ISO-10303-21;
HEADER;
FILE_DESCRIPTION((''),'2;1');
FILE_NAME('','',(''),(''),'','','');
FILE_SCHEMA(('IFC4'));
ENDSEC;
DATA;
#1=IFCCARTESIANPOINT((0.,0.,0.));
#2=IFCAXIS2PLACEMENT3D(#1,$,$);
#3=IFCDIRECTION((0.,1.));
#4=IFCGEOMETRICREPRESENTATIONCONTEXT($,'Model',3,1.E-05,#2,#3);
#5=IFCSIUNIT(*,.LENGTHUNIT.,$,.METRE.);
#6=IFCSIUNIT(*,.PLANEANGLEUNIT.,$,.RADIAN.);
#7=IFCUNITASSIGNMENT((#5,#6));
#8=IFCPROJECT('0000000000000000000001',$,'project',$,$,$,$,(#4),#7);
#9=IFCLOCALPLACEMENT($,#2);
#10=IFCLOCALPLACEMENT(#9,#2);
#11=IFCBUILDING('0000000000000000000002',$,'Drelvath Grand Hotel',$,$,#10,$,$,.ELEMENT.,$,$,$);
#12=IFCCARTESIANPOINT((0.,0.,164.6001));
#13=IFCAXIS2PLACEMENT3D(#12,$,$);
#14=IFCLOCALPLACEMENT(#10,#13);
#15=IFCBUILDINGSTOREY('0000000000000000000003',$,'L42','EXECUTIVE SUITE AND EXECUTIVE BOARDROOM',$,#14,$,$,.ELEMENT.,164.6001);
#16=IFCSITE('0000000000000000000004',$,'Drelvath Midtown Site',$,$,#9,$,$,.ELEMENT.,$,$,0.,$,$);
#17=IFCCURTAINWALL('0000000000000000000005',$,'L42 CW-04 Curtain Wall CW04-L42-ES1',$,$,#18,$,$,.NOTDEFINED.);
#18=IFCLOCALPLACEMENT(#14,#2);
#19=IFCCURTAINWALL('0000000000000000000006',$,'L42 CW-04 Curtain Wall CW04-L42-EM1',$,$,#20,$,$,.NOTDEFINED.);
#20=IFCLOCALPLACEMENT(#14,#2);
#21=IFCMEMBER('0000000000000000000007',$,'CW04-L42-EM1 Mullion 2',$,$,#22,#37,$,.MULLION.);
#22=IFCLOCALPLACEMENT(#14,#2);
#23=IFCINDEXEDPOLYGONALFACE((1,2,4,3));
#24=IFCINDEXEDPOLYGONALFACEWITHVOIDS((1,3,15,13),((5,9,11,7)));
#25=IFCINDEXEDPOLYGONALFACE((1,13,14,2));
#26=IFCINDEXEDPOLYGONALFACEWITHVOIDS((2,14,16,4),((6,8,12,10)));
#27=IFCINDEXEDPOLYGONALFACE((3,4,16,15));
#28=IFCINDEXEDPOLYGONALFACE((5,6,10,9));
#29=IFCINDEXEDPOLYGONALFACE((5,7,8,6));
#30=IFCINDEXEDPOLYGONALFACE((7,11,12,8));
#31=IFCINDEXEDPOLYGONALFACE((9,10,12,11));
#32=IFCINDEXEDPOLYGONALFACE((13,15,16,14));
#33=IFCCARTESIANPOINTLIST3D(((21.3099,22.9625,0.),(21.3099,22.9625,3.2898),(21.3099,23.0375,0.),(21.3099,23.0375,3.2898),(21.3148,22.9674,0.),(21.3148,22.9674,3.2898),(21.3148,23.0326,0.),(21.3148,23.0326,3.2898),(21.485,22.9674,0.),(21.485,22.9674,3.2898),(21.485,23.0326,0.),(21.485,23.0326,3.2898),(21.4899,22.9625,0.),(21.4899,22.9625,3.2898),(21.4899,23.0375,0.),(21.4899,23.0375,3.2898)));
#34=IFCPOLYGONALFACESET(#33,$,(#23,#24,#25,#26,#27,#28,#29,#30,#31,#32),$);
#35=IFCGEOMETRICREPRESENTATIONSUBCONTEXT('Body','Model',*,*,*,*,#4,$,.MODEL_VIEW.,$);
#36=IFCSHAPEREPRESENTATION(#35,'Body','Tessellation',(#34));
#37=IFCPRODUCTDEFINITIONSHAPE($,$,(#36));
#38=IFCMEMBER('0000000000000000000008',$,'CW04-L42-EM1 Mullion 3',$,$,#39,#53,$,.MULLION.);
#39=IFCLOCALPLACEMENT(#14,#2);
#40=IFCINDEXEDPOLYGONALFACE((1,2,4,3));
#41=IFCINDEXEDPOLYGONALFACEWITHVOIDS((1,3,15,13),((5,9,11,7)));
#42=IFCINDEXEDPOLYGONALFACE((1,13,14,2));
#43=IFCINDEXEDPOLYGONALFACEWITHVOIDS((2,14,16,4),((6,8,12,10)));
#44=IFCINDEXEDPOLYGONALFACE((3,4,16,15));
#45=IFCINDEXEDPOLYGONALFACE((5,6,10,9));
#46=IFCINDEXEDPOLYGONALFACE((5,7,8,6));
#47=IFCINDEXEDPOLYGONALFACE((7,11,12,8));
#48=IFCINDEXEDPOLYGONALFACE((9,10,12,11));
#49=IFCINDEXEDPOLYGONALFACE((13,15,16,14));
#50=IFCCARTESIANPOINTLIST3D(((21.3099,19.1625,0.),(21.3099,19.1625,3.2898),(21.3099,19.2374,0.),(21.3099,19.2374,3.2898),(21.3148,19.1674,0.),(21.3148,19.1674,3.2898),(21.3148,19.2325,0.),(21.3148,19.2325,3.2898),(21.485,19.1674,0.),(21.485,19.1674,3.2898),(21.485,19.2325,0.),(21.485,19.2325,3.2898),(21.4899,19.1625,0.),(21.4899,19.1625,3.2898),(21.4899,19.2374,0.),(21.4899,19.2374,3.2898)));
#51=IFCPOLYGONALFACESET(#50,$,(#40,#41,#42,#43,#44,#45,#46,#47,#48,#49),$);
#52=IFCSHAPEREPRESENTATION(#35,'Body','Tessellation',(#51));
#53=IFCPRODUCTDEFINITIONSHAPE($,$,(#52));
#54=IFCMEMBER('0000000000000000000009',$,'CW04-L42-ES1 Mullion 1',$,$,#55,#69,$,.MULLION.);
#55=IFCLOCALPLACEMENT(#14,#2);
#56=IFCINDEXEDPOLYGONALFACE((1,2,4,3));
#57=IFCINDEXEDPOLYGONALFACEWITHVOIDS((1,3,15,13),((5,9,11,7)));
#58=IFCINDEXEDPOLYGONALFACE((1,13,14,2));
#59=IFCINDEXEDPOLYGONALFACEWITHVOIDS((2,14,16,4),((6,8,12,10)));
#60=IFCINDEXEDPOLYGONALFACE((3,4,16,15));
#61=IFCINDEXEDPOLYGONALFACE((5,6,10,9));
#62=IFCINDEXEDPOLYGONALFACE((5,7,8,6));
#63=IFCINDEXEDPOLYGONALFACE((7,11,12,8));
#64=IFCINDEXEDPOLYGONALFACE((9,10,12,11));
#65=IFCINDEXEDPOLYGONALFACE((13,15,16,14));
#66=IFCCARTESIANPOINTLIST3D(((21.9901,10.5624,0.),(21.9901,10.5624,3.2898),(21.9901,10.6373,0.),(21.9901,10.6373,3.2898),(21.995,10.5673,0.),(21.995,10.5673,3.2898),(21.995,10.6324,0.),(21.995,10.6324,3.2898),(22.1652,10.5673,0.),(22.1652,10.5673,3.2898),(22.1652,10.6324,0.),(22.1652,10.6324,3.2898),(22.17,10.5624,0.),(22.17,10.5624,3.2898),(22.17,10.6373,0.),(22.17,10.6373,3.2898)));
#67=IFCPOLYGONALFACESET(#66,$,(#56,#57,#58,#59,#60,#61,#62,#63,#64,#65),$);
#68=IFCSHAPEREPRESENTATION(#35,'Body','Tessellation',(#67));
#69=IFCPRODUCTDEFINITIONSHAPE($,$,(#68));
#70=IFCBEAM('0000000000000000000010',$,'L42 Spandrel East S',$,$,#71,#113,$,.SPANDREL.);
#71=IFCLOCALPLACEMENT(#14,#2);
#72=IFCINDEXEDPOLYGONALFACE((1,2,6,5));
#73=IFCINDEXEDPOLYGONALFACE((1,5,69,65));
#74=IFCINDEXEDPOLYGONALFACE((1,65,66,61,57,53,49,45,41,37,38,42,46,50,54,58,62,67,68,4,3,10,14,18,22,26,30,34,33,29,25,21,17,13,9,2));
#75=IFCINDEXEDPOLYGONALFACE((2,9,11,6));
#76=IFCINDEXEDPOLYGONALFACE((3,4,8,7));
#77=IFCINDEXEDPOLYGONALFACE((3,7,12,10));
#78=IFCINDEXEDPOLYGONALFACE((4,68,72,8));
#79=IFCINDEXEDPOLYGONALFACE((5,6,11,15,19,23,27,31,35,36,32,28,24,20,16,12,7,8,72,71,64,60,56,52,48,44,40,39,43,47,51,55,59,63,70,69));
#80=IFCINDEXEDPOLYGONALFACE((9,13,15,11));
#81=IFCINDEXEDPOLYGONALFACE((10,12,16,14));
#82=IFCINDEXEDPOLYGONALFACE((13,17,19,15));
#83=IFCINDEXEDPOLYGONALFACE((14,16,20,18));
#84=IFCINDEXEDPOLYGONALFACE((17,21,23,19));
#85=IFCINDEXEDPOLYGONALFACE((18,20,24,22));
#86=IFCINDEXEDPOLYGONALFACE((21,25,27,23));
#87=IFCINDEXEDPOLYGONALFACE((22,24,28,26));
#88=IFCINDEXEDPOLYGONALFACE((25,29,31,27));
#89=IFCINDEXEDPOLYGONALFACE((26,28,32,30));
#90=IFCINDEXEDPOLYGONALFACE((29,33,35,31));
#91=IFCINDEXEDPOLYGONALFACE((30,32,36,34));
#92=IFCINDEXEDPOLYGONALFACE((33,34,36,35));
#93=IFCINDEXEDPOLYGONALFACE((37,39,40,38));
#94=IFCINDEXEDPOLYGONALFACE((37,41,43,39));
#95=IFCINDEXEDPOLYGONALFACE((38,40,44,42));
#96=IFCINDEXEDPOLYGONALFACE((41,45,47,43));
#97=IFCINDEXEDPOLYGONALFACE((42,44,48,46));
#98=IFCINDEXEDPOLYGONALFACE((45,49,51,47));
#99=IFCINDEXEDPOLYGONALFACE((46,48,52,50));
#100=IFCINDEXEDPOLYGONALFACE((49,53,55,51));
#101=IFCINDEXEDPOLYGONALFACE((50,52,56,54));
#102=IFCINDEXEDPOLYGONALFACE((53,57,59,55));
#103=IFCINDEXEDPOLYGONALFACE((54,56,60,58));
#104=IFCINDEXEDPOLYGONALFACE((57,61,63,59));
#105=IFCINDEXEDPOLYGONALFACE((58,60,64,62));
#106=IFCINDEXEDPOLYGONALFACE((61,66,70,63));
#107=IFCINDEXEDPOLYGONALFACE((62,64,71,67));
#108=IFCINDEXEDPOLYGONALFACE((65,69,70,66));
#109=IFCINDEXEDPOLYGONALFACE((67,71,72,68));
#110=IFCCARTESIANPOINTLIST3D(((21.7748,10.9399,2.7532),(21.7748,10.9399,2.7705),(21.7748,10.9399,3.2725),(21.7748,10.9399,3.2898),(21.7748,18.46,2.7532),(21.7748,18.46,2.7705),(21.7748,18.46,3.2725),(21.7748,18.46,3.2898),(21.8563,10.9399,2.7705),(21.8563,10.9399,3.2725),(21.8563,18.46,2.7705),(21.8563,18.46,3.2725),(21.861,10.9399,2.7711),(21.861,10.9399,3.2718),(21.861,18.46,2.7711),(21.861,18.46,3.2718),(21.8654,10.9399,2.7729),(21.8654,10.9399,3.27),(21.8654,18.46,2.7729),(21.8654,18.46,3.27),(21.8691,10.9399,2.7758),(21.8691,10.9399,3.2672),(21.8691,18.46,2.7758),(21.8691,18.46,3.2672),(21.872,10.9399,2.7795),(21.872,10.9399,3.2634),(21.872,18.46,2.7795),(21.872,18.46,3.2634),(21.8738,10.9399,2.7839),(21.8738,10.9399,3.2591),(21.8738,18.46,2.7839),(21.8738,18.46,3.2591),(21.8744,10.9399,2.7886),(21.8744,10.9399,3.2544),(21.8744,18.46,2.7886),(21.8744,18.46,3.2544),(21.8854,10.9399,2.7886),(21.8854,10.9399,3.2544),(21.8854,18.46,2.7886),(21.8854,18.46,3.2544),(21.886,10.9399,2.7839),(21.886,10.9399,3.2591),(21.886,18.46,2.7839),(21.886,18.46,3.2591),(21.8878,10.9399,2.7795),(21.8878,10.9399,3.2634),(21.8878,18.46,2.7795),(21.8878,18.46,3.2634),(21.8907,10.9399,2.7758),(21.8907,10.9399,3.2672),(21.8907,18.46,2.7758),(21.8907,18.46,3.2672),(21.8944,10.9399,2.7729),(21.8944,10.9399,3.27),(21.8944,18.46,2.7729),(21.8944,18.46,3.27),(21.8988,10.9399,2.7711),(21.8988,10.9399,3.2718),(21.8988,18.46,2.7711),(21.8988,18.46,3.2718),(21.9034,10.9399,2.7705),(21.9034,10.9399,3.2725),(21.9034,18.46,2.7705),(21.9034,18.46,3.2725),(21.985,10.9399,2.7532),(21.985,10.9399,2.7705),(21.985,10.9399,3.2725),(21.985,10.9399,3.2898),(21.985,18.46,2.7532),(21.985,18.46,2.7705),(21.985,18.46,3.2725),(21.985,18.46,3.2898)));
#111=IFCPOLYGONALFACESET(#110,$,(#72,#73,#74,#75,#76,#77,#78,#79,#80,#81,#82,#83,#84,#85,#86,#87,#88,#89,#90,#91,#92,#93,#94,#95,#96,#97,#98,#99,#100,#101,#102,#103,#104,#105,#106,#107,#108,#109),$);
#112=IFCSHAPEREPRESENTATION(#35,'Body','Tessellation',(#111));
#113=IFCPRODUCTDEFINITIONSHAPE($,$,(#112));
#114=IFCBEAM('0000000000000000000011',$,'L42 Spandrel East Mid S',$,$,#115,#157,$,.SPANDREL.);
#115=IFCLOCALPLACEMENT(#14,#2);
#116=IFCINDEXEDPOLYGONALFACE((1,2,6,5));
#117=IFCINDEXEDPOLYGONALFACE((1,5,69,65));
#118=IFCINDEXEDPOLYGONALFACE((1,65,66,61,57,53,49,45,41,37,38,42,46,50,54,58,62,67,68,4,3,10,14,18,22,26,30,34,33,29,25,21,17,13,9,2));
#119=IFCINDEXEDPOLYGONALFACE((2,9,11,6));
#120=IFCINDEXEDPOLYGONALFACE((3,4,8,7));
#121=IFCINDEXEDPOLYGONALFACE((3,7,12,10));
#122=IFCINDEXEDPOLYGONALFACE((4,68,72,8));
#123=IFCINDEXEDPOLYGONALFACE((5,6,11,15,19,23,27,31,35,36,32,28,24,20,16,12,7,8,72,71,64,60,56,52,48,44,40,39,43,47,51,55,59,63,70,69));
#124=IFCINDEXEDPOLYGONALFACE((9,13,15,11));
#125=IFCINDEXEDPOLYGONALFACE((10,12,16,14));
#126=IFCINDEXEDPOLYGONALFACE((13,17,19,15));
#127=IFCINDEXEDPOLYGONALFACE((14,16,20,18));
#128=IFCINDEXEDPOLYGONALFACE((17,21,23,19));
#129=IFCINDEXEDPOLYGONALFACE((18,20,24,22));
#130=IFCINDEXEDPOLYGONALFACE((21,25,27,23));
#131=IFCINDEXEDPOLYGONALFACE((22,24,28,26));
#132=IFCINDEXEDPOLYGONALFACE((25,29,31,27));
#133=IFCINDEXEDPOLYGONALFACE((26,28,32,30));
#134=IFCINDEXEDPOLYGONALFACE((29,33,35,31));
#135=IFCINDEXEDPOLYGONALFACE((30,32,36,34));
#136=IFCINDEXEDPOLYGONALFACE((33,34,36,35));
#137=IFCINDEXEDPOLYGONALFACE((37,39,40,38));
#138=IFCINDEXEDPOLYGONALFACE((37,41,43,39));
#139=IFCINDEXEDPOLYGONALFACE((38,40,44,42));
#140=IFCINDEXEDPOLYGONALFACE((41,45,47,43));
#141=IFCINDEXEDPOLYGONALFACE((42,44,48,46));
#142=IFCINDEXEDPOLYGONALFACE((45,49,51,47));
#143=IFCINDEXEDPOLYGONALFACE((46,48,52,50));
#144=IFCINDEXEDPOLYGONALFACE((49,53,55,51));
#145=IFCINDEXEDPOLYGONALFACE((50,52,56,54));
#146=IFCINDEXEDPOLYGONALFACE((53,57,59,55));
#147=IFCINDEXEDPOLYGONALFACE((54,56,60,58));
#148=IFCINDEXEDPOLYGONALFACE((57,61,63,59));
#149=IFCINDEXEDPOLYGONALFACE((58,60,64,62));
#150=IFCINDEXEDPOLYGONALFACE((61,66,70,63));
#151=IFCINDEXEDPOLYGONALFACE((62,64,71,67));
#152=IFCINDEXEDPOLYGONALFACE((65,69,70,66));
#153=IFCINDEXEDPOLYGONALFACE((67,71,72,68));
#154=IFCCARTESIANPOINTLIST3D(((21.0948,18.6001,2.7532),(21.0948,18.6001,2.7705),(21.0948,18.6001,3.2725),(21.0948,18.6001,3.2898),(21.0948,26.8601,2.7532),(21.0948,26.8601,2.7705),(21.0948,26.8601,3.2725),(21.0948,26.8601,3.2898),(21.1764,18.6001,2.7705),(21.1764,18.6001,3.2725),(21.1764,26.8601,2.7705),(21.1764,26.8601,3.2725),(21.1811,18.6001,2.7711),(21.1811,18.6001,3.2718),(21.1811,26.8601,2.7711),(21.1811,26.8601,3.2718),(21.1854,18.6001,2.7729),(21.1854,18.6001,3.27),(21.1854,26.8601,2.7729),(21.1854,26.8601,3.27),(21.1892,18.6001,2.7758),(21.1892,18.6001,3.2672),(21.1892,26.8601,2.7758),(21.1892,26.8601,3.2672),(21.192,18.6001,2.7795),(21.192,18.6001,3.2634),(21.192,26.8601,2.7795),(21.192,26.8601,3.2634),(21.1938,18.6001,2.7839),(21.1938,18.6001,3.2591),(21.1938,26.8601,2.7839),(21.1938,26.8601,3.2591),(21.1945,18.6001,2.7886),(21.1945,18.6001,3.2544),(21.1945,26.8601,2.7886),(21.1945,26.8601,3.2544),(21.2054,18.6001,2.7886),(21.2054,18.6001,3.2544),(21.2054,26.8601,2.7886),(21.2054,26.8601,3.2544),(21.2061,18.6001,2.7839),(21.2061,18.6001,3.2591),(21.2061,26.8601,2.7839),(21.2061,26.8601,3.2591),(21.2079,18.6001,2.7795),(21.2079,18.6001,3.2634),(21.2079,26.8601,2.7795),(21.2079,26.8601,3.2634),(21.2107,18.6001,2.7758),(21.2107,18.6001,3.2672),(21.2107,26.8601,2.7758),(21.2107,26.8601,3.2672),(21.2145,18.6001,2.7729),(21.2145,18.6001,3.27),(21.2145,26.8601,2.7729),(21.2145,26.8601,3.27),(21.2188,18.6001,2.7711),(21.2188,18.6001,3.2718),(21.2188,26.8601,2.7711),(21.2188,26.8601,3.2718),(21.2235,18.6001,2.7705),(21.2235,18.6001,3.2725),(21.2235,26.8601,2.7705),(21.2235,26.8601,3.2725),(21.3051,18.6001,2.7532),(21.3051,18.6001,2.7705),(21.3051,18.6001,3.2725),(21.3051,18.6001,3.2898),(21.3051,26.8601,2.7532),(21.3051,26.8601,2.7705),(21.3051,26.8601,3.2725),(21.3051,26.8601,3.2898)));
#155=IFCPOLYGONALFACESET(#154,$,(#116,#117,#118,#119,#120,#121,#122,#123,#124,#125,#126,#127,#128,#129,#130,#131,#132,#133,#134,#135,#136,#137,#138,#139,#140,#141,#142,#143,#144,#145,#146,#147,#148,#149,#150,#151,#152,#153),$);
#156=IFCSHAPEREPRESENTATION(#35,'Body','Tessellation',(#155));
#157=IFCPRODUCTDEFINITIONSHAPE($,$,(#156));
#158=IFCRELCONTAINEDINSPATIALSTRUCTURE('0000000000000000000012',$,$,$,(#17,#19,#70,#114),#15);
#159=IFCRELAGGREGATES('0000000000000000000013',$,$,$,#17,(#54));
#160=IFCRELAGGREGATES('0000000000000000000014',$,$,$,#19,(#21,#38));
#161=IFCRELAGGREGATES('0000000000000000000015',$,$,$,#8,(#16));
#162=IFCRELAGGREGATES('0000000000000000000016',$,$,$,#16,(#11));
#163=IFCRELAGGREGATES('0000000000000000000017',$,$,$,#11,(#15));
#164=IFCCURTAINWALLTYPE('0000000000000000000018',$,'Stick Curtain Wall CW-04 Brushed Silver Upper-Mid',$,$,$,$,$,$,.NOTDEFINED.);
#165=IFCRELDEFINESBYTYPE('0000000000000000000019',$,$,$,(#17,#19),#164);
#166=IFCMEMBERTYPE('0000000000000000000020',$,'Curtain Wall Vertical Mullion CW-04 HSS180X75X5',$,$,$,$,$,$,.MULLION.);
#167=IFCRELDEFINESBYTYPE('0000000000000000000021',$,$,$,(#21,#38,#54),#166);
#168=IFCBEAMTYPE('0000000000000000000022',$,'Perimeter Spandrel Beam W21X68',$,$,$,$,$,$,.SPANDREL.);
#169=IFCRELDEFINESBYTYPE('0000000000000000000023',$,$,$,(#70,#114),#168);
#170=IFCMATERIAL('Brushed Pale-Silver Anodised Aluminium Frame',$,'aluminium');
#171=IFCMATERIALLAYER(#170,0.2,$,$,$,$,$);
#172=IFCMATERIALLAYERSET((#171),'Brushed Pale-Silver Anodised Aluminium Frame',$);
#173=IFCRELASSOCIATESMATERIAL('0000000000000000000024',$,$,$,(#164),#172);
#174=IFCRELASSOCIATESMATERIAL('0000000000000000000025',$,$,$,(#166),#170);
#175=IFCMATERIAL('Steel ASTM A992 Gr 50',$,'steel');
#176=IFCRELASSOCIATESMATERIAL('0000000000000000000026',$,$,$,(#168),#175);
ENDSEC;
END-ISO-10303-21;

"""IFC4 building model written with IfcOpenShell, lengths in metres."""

from ifc_helpers import new_model, si_unit, direction, frame, origin, origin_2d, place, context, subcontext, project, spatial, hollow_rectangle, i_section, extrude, material, layer, layer_set, material_profile, profile_set, type_object, element, aggregate, save


model = new_model("IFC4")

# Units and contexts
model_context = context("Model", 3, precision=1e-05, world=origin(), true_north=direction((0.0, 1.0)))
body_context = subcontext(model_context, "Body", "Model", "MODEL_VIEW")
ifc_project = project(units=[si_unit("LENGTHUNIT", "METRE"), si_unit("PLANEANGLEUNIT", "RADIAN")], contexts=[model_context])

# Site, building, storey
site_placement = place(None, origin())
site = spatial("IfcSite", under=ifc_project, at=site_placement, Name="Drelvath Midtown Site", CompositionType="ELEMENT", RefElevation=0.0)
building_placement = place(site_placement, origin())
building = spatial("IfcBuilding", under=site, at=building_placement, Name="Drelvath Grand Hotel", CompositionType="ELEMENT")
storey_placement = place(building_placement, frame((0.0, 0.0, 164.6001)))
storey = spatial("IfcBuildingStorey", under=building, at=storey_placement, Name="L42", Description="EXECUTIVE SUITE AND EXECUTIVE BOARDROOM", CompositionType="ELEMENT", Elevation=164.6001)

# Shared definitions
ifc_material_1 = material(Name="Steel ASTM A992 Gr 50", Category="steel")

# Curtain wall
ifc_material_2 = material(Name="Brushed Pale-Silver Anodised Aluminium Frame", Category="aluminium")
ifc_layer_1 = layer(ifc_material_2, 0.2)
ifc_layer_set_1 = layer_set([ifc_layer_1], Name="Brushed Pale-Silver Anodised Aluminium Frame")
curtain_wall_type = type_object("IfcCurtainWallType", Name="Stick Curtain Wall CW-04 Brushed Silver Upper-Mid", PredefinedType="NOTDEFINED", material=ifc_layer_set_1)
curtain_wall_1_placement = place(storey_placement, origin())
curtain_wall_1 = element("IfcCurtainWall", 1, at=curtain_wall_1_placement, inside=storey, type_object=curtain_wall_type, Name="L42 CW-04 Curtain Wall CW04-L42-ES1", PredefinedType="NOTDEFINED")

# Curtain wall, members
curtain_wall_2_placement = place(storey_placement, origin())
curtain_wall_2 = element("IfcCurtainWall", 2, at=curtain_wall_2_placement, inside=storey, type_object=curtain_wall_type, Name="L42 CW-04 Curtain Wall CW04-L42-EM1", PredefinedType="NOTDEFINED")
ifc_material_profile_1 = material_profile(ifc_material_2, hollow_rectangle(XDim=0.075, YDim=0.1799, WallThickness=0.0049, at=origin_2d()), Name="HSS180X75X5")
ifc_profile_set_1 = profile_set([ifc_material_profile_1], Name="Brushed Pale-Silver Anodised Aluminium Frame")
member_type_1 = type_object("IfcMemberType", Name="Curtain Wall Vertical Mullion CW-04 HSS180X75X5", PredefinedType="MULLION", material=ifc_profile_set_1)
member_1_placement = place(storey_placement, frame((21.3999, 23.0, 0.0), z_axis=(0.0, 0.0, 1.0), x_axis=(0.0, 1.0, 0.0)))
member_1 = element("IfcMember", 3, at=member_1_placement, type_object=member_type_1, Name="CW04-L42-EM1 Mullion 2", PredefinedType="MULLION", context=body_context, shape_type="SweptSolid", body=[
    extrude(hollow_rectangle(XDim=0.075, YDim=0.1799, WallThickness=0.0049, at=origin_2d()), origin(), (0.0, 0.0, 1.0), 3.2898),
])
member_2_placement = place(storey_placement, frame((21.3999, 19.2, 0.0), z_axis=(0.0, 0.0, 1.0), x_axis=(0.0, 1.0, 0.0)))
member_2 = element("IfcMember", 4, at=member_2_placement, type_object=member_type_1, Name="CW04-L42-EM1 Mullion 3", PredefinedType="MULLION", context=body_context, shape_type="SweptSolid", body=[
    extrude(hollow_rectangle(XDim=0.075, YDim=0.1799, WallThickness=0.0049, at=origin_2d()), origin(), (0.0, 0.0, 1.0), 3.2898),
])

# Member
member_3_placement = place(storey_placement, frame((22.0801, 10.5999, 0.0), z_axis=(0.0, 0.0, 1.0), x_axis=(0.0, 1.0, 0.0)))
member_3 = element("IfcMember", 5, at=member_3_placement, type_object=member_type_1, Name="CW04-L42-ES1 Mullion 1", PredefinedType="MULLION", context=body_context, shape_type="SweptSolid", body=[
    extrude(hollow_rectangle(XDim=0.075, YDim=0.1799, WallThickness=0.0049, at=origin_2d()), origin(), (0.0, 0.0, 1.0), 3.2898),
])
aggregate(curtain_wall_1, [member_3])

# Beams
ifc_material_profile_2 = material_profile(ifc_material_1, i_section(OverallWidth=0.2102, OverallDepth=0.5366, WebThickness=0.011, FlangeThickness=0.0173, FilletRadius=0.0181, at=origin_2d()), Name="W21X68")
ifc_profile_set_2 = profile_set([ifc_material_profile_2], Name="Steel ASTM A992 Gr 50")
beam_type_1 = type_object("IfcBeamType", Name="Perimeter Spandrel Beam W21X68", PredefinedType="SPANDREL", material=ifc_profile_set_2)
beam_1_placement = place(storey_placement, frame((21.8799, 10.9399, 3.0215), z_axis=(0.0, 1.0, 0.0), x_axis=(-1.0, 0.0, 0.0)))
element("IfcBeam", 6, at=beam_1_placement, inside=storey, type_object=beam_type_1, Name="L42 Spandrel East S", PredefinedType="SPANDREL", context=body_context, shape_type="SweptSolid", body=[
    extrude(i_section(OverallWidth=0.2102, OverallDepth=0.5366, WebThickness=0.011, FlangeThickness=0.0173, FilletRadius=0.0181, at=origin_2d()), origin(), (0.0, 0.0, 1.0), 7.52),
])
beam_2_placement = place(storey_placement, frame((21.2, 18.6001, 3.0215), z_axis=(0.0, 1.0, 0.0), x_axis=(-1.0, 0.0, 0.0)))
element("IfcBeam", 7, at=beam_2_placement, inside=storey, type_object=beam_type_1, Name="L42 Spandrel East Mid S", PredefinedType="SPANDREL", context=body_context, shape_type="SweptSolid", body=[
    extrude(i_section(OverallWidth=0.2102, OverallDepth=0.5366, WebThickness=0.011, FlangeThickness=0.0173, FilletRadius=0.0181, at=origin_2d()), origin(), (0.0, 0.0, 1.0), 8.26),
])

aggregate(curtain_wall_2, [member_1, member_2])

save(model, "model.ifc")
